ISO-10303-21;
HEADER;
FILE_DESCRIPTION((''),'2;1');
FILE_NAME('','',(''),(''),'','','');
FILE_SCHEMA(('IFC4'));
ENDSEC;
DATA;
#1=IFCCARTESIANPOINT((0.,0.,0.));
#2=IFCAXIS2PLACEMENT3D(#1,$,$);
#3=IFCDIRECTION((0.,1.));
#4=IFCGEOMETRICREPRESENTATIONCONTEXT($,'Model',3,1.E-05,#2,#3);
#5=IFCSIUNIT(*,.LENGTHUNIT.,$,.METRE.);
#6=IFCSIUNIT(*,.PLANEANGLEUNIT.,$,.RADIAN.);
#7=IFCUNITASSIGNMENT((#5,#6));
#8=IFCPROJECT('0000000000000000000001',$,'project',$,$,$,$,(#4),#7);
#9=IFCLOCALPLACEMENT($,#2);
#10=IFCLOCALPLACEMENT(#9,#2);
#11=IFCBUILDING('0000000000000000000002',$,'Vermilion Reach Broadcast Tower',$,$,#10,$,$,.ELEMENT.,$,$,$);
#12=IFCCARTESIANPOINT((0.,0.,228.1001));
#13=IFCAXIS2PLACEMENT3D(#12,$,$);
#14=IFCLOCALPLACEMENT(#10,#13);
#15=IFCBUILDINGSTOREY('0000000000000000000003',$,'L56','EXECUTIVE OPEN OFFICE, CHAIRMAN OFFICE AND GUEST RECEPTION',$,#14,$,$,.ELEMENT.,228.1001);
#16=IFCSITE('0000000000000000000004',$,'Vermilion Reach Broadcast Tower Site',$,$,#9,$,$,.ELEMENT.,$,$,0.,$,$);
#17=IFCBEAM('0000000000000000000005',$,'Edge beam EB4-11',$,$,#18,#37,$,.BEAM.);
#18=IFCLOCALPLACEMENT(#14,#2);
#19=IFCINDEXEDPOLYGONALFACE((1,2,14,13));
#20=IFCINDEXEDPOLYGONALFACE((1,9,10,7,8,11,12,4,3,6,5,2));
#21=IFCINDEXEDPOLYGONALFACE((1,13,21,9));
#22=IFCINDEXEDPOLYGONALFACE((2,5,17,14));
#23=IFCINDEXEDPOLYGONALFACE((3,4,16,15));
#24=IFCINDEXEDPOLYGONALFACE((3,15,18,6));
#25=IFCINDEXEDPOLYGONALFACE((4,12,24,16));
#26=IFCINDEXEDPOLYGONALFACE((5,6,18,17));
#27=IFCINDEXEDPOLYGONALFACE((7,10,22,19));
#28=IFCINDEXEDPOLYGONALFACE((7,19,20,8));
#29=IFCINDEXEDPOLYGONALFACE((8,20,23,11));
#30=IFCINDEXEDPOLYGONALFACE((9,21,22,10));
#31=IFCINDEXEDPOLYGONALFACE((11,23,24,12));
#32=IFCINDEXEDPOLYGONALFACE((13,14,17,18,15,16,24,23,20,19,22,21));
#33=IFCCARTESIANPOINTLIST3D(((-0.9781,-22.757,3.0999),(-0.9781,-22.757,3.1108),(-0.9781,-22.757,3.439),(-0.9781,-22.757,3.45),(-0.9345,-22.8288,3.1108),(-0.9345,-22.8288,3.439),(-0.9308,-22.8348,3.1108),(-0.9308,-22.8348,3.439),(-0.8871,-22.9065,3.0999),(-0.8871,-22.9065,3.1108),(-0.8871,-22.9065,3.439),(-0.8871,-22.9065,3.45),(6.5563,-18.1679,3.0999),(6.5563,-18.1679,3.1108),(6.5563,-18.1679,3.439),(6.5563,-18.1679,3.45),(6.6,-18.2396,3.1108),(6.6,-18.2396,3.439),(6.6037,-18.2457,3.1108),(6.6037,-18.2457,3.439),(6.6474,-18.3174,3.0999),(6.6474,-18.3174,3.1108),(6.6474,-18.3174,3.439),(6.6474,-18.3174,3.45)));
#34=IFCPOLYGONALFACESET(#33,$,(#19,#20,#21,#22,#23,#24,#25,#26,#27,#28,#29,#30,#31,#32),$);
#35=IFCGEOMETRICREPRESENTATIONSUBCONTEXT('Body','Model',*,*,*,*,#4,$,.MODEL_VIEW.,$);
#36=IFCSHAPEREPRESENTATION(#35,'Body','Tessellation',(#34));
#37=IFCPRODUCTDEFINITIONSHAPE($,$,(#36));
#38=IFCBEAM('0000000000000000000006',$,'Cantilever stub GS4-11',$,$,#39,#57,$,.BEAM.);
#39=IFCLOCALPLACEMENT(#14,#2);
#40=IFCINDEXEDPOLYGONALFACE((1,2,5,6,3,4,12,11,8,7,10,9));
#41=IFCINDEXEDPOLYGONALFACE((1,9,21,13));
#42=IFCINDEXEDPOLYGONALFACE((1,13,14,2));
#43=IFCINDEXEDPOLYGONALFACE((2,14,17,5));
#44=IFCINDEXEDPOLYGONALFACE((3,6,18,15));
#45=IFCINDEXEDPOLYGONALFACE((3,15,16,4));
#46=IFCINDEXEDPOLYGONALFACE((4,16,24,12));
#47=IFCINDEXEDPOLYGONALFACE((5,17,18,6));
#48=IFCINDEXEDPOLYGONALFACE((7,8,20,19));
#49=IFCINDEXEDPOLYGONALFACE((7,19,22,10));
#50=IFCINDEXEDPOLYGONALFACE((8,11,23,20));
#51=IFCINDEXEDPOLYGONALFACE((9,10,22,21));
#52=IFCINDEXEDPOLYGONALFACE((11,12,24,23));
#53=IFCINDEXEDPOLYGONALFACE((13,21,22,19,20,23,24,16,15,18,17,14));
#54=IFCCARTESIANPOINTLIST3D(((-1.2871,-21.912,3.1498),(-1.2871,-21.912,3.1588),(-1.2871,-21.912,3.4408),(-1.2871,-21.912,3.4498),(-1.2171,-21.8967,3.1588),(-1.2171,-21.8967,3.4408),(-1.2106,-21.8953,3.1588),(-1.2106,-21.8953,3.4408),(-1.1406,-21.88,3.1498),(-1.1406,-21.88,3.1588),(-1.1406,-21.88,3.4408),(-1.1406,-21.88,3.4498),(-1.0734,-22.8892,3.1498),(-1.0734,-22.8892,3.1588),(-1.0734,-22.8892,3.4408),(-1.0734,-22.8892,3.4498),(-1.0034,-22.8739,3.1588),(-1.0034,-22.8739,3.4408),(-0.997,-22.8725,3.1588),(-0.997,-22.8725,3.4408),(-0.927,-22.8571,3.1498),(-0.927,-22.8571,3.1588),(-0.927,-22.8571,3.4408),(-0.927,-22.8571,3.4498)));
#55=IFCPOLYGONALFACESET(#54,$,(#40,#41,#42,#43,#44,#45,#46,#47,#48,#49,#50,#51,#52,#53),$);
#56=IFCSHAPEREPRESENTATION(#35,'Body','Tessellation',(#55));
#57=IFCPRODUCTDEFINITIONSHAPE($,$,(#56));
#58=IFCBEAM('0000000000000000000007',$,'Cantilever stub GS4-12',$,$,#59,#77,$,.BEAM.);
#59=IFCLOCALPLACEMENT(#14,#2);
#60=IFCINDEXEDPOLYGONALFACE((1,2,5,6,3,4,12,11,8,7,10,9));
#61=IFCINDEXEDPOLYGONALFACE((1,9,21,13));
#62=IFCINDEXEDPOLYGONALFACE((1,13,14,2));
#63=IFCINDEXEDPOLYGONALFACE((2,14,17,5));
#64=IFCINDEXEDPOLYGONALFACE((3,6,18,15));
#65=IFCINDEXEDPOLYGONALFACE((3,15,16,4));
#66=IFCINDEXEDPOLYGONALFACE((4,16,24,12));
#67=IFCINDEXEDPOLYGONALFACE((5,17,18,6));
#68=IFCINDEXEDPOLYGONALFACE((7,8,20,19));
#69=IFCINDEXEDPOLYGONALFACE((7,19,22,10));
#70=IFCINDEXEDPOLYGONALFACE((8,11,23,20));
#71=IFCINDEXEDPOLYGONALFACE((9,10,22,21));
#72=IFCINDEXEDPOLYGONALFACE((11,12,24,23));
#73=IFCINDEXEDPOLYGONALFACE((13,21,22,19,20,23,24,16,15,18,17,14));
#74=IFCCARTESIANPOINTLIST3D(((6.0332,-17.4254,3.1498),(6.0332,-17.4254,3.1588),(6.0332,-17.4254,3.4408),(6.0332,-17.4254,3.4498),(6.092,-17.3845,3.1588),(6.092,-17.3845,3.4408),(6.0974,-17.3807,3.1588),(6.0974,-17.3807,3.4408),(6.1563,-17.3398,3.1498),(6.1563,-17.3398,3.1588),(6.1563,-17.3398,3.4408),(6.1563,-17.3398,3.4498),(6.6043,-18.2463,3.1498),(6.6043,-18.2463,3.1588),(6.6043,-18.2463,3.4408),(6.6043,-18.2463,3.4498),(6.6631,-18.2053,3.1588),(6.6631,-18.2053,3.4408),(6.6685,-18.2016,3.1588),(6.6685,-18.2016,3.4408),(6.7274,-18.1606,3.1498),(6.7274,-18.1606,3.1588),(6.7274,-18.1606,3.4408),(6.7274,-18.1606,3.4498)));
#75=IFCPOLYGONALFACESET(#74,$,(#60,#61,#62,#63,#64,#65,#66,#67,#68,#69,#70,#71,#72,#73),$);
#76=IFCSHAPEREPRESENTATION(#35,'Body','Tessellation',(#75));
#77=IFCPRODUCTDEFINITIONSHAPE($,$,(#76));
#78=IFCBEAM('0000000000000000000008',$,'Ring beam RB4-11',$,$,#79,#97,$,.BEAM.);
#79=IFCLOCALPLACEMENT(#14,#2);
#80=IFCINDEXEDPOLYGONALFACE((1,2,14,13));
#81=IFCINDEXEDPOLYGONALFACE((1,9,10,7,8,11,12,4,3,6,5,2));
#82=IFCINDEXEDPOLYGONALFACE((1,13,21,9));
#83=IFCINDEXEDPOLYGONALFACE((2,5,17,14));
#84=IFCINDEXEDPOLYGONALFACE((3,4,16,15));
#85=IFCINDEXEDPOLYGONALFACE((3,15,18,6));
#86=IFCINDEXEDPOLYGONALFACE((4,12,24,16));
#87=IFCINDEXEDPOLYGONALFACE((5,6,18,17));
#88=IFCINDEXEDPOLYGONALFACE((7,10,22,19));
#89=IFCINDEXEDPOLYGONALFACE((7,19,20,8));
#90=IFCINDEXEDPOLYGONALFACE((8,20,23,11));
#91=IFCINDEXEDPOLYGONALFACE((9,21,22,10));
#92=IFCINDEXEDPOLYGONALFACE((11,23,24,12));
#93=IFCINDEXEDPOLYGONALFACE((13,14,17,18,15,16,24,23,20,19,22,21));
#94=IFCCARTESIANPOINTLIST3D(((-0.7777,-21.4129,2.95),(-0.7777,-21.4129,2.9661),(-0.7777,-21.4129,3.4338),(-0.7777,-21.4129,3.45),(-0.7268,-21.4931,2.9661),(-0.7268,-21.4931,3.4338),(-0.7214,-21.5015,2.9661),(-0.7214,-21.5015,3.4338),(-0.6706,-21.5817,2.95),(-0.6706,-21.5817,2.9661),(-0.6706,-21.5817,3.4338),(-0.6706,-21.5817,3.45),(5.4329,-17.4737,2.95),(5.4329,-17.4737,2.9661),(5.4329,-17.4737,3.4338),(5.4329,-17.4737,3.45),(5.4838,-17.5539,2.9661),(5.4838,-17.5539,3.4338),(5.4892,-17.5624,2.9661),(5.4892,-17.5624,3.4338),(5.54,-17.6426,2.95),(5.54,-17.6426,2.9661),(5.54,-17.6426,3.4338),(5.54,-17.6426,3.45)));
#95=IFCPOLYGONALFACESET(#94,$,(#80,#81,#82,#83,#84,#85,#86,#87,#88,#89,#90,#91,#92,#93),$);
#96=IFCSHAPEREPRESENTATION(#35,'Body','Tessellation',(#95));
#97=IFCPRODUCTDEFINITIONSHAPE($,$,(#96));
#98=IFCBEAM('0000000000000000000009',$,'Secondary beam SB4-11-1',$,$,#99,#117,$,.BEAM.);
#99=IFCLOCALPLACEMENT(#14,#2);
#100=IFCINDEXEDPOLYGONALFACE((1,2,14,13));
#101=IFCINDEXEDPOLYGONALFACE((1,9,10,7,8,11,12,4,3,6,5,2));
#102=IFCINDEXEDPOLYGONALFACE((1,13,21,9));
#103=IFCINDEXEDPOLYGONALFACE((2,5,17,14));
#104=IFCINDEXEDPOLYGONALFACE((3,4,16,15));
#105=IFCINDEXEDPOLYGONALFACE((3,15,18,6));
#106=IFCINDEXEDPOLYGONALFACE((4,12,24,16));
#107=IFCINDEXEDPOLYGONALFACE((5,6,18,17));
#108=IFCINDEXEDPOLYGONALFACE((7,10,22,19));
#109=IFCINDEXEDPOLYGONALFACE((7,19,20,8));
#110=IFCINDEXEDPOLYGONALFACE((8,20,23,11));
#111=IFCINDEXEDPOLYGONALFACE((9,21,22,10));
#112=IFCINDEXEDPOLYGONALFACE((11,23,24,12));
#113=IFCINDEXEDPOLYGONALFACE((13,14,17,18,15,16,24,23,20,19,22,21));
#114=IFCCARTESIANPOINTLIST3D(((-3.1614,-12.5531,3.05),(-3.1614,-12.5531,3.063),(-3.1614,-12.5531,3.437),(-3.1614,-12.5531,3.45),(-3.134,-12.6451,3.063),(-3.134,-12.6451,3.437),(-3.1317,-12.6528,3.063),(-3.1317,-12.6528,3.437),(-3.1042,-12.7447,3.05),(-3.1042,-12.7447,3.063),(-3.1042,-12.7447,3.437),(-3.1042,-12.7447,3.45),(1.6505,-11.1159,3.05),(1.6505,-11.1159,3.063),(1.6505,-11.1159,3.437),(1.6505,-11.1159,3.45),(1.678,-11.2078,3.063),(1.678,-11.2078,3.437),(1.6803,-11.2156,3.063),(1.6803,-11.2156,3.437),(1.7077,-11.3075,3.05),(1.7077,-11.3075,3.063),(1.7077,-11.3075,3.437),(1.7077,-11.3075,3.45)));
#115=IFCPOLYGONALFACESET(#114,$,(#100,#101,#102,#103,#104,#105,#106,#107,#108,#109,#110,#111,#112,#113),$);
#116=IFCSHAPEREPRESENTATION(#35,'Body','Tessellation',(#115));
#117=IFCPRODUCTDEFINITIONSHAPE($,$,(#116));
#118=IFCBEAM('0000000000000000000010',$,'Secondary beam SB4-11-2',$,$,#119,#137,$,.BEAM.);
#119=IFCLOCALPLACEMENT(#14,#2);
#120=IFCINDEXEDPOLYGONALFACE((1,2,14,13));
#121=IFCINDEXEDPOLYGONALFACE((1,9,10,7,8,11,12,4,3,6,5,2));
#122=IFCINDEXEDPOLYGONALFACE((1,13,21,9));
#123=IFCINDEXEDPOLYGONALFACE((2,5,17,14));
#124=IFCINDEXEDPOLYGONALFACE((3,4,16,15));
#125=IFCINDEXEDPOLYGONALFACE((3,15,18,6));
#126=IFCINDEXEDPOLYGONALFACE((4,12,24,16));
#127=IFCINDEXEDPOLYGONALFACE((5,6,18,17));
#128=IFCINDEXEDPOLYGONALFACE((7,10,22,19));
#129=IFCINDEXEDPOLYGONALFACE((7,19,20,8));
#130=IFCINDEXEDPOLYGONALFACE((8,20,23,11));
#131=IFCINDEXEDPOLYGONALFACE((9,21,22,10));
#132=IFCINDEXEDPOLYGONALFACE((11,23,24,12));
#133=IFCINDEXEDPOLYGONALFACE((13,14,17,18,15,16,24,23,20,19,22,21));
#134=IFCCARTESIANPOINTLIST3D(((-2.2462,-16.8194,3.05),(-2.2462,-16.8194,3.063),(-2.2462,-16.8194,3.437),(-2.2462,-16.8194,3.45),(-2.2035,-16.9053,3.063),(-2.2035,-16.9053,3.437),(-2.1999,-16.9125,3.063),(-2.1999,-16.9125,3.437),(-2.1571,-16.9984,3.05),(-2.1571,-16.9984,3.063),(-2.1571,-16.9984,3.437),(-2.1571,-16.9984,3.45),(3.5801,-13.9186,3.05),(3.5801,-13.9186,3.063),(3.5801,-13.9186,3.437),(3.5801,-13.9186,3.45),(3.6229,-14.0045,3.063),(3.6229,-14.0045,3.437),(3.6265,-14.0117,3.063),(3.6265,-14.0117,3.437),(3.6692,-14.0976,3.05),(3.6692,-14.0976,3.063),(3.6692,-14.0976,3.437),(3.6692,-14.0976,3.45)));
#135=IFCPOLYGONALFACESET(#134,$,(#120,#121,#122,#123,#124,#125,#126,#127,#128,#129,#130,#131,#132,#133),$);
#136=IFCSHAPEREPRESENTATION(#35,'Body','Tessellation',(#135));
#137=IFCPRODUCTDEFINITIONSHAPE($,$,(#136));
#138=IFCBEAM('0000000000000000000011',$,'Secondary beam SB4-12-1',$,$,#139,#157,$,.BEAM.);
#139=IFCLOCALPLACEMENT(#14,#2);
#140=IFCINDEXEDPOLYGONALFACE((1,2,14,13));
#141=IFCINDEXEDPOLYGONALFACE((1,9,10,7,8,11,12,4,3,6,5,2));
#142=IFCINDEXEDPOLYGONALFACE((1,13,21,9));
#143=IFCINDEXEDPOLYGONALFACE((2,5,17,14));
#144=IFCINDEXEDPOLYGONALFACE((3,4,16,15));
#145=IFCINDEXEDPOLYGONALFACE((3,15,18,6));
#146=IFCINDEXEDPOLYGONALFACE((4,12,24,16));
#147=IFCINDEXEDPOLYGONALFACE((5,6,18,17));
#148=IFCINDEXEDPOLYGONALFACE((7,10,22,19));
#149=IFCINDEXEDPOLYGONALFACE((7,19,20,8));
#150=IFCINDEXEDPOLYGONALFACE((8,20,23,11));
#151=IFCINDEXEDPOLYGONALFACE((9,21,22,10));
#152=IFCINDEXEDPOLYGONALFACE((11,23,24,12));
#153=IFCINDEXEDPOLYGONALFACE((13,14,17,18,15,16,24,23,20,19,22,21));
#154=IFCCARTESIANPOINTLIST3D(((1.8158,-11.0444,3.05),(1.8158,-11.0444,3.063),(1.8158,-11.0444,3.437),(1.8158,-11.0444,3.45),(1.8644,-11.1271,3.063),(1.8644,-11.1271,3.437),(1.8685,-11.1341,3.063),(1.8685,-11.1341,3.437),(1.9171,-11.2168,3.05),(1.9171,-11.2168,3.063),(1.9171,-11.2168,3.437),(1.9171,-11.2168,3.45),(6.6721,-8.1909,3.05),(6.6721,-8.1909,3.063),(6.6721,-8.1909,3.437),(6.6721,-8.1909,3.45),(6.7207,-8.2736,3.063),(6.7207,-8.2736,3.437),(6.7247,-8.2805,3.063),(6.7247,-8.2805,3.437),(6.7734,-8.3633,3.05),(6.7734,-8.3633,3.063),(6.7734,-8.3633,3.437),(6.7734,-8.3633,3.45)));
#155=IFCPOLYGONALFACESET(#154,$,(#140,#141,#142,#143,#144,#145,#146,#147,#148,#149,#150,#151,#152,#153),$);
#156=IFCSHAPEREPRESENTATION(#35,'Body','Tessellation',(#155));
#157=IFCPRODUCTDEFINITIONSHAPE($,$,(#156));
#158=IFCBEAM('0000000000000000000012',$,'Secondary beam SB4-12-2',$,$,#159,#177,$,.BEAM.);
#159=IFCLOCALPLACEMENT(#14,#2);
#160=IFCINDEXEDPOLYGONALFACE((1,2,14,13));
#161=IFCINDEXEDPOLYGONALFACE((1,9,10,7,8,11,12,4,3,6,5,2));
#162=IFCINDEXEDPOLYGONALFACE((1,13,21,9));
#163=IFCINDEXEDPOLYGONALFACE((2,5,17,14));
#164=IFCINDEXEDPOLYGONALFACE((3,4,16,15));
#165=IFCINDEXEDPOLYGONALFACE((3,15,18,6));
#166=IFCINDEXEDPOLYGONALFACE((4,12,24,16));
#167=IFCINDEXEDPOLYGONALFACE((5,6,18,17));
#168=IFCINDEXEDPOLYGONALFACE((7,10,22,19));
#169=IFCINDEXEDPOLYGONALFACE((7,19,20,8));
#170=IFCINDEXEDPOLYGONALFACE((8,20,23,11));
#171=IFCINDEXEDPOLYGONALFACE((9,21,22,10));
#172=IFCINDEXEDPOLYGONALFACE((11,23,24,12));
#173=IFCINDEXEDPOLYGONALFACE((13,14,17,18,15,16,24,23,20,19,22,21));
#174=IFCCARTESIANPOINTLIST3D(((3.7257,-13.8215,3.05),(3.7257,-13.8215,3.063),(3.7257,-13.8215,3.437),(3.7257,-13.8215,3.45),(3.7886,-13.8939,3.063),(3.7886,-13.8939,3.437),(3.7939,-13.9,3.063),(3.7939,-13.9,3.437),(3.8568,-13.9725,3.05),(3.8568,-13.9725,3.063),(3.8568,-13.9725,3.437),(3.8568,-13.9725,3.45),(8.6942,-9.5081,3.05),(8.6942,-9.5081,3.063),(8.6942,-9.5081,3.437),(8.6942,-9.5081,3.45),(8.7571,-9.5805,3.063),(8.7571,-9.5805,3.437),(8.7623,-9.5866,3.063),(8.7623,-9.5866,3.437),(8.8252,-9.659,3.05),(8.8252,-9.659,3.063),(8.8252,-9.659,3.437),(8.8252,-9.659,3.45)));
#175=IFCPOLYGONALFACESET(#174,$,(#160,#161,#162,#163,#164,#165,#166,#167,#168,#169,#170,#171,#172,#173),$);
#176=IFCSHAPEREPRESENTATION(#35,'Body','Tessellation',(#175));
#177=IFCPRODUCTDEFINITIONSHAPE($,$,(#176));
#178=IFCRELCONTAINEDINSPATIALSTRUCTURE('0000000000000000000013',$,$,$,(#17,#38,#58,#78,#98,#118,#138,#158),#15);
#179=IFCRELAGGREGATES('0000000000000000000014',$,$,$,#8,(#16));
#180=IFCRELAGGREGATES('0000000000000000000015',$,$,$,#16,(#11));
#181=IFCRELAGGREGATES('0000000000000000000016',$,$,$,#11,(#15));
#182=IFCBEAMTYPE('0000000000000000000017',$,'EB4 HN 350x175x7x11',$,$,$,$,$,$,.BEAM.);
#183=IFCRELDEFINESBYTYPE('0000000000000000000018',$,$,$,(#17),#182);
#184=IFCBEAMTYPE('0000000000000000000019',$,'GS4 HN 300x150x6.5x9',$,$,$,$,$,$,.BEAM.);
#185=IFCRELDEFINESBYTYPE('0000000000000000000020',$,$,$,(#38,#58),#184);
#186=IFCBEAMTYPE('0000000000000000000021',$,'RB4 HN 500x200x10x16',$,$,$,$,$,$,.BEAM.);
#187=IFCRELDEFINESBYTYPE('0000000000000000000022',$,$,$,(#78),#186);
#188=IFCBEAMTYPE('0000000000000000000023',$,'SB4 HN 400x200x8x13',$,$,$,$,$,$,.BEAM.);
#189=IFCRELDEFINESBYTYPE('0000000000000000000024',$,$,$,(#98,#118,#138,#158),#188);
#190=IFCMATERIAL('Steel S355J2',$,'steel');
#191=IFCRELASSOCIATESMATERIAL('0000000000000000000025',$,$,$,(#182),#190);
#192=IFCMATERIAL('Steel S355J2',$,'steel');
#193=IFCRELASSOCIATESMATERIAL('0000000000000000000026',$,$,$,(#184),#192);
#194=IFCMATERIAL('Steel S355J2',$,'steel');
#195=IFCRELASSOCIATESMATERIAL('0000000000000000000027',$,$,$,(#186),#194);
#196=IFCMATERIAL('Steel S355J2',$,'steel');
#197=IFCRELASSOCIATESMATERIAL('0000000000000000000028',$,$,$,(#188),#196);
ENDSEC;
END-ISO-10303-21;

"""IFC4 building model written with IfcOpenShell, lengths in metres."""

from ifc_helpers import new_model, si_unit, direction, frame, origin, origin_2d, place, context, subcontext, project, spatial, i_section, extrude, material, material_profile, profile_set, type_object, element, save


model = new_model("IFC4")

# Units and contexts
model_context = context("Model", 3, precision=1e-05, world=origin(), true_north=direction((0.0, 1.0)))
body_context = subcontext(model_context, "Body", "Model", "MODEL_VIEW")
ifc_project = project(units=[si_unit("LENGTHUNIT", "METRE"), si_unit("PLANEANGLEUNIT", "RADIAN")], contexts=[model_context])

# Site, building, storey
site_placement = place(None, origin())
site = spatial("IfcSite", under=ifc_project, at=site_placement, Name="Vermilion Reach Broadcast Tower Site", CompositionType="ELEMENT", RefElevation=0.0)
building_placement = place(site_placement, origin())
building = spatial("IfcBuilding", under=site, at=building_placement, Name="Vermilion Reach Broadcast Tower", CompositionType="ELEMENT")
storey_placement = place(building_placement, frame((0.0, 0.0, 228.1001)))
storey = spatial("IfcBuildingStorey", under=building, at=storey_placement, Name="L56", Description="EXECUTIVE OPEN OFFICE, CHAIRMAN OFFICE AND GUEST RECEPTION", CompositionType="ELEMENT", Elevation=228.1001)

# Beams
ifc_material_1 = material(Name="Steel S355J2", Category="steel")
ifc_material_profile_1 = material_profile(ifc_material_1, i_section(OverallWidth=0.175, OverallDepth=0.3501, WebThickness=0.0071, FlangeThickness=0.011, at=origin_2d()), Name="S355J2 HN 350x175x7x11")
ifc_profile_set_1 = profile_set([ifc_material_profile_1], Name="Steel S355J2")
beam_type_1 = type_object("IfcBeamType", Name="EB4 HN 350x175x7x11", PredefinedType="BEAM", material=ifc_profile_set_1)
beam_1_placement = place(storey_placement, frame((-0.9326, -22.8318, 3.2749), z_axis=(0.85405, 0.52019, 0.0), x_axis=(-0.52019, 0.85405, 0.0)))
element("IfcBeam", 1, at=beam_1_placement, inside=storey, type_object=beam_type_1, Name="Edge beam EB4-11", PredefinedType="BEAM", context=body_context, shape_type="SweptSolid", body=[
    extrude(i_section(OverallWidth=0.175, OverallDepth=0.3501, WebThickness=0.0071, FlangeThickness=0.011, at=origin_2d()), origin(), (0.0, 0.0, 1.0), 8.822),
])
ifc_material_2 = material(Name="Steel S355J2", Category="steel")
ifc_material_profile_2 = material_profile(ifc_material_2, i_section(OverallWidth=0.1499, OverallDepth=0.3, WebThickness=0.0066, FlangeThickness=0.009, at=origin_2d()), Name="S355J2 HN 300x150x6.5x9")
ifc_profile_set_2 = profile_set([ifc_material_profile_2], Name="Steel S355J2")
beam_type_2 = type_object("IfcBeamType", Name="GS4 HN 300x150x6.5x9", PredefinedType="BEAM", material=ifc_profile_set_2)
beam_2_placement = place(storey_placement, frame((-1.2139, -21.896, 3.2998), z_axis=(0.213595, -0.976922, 0.0), x_axis=(0.976922, 0.213595, 0.0)))
element("IfcBeam", 2, at=beam_2_placement, inside=storey, type_object=beam_type_2, Name="Cantilever stub GS4-11", PredefinedType="BEAM", context=body_context, shape_type="SweptSolid", body=[
    extrude(i_section(OverallWidth=0.1499, OverallDepth=0.3, WebThickness=0.0066, FlangeThickness=0.009, at=origin_2d()), origin(), (0.0, 0.0, 1.0), 1.0002),
])
beam_3_placement = place(storey_placement, frame((6.0947, -17.3826, 3.2998), z_axis=(0.5711, -0.82088, 0.0), x_axis=(0.82088, 0.5711, 0.0)))
element("IfcBeam", 3, at=beam_3_placement, inside=storey, type_object=beam_type_2, Name="Cantilever stub GS4-12", PredefinedType="BEAM", context=body_context, shape_type="SweptSolid", body=[
    extrude(i_section(OverallWidth=0.1499, OverallDepth=0.3, WebThickness=0.0066, FlangeThickness=0.009, at=origin_2d()), origin(), (0.0, 0.0, 1.0), 1.0),
])
ifc_material_3 = material(Name="Steel S355J2", Category="steel")
ifc_material_profile_3 = material_profile(ifc_material_3, i_section(OverallWidth=0.2, OverallDepth=0.5, WebThickness=0.01, FlangeThickness=0.0161, at=origin_2d()), Name="S355J2 HN 500x200x10x16")
ifc_profile_set_3 = profile_set([ifc_material_profile_3], Name="Steel S355J2")
beam_type_3 = type_object("IfcBeamType", Name="RB4 HN 500x200x10x16", PredefinedType="BEAM", material=ifc_profile_set_3)
beam_4_placement = place(storey_placement, frame((-0.7241, -21.4973, 3.2), z_axis=(0.844464, 0.535612, 0.0), x_axis=(-0.535612, 0.844464, 0.0)))
element("IfcBeam", 4, at=beam_4_placement, inside=storey, type_object=beam_type_3, Name="Ring beam RB4-11", PredefinedType="BEAM", context=body_context, shape_type="SweptSolid", body=[
    extrude(i_section(OverallWidth=0.2, OverallDepth=0.5, WebThickness=0.01, FlangeThickness=0.0161, at=origin_2d()), origin(), (0.0, 0.0, 1.0), 7.3545),
])
ifc_material_4 = material(Name="Steel S355J2", Category="steel")
ifc_material_profile_4 = material_profile(ifc_material_4, i_section(OverallWidth=0.2, OverallDepth=0.3999, WebThickness=0.0081, FlangeThickness=0.0129, at=origin_2d()), Name="S355J2 HN 400x200x8x13")
ifc_profile_set_4 = profile_set([ifc_material_profile_4], Name="Steel S355J2")
beam_type_4 = type_object("IfcBeamType", Name="SB4 HN 400x200x8x13", PredefinedType="BEAM", material=ifc_profile_set_4)
beam_5_placement = place(storey_placement, frame((-3.1328, -12.6489, 3.25), z_axis=(0.958173, 0.286188, 0.0), x_axis=(-0.286188, 0.958173, 0.0)))
element("IfcBeam", 5, at=beam_5_placement, inside=storey, type_object=beam_type_4, Name="Secondary beam SB4-11-1", PredefinedType="BEAM", context=body_context, shape_type="SweptSolid", body=[
    extrude(i_section(OverallWidth=0.2, OverallDepth=0.3999, WebThickness=0.0081, FlangeThickness=0.0129, at=origin_2d()), origin(), (0.0, 0.0, 1.0), 5.022),
])
beam_6_placement = place(storey_placement, frame((-2.2017, -16.9089, 3.25), z_axis=(0.895184, 0.445698, 0.0), x_axis=(-0.445698, 0.895184, 0.0)))
element("IfcBeam", 6, at=beam_6_placement, inside=storey, type_object=beam_type_4, Name="Secondary beam SB4-11-2", PredefinedType="BEAM", context=body_context, shape_type="SweptSolid", body=[
    extrude(i_section(OverallWidth=0.2, OverallDepth=0.3999, WebThickness=0.0081, FlangeThickness=0.0129, at=origin_2d()), origin(), (0.0, 0.0, 1.0), 6.5085),
])
beam_7_placement = place(storey_placement, frame((1.8665, -11.1306, 3.25), z_axis=(0.862173, 0.506615, 0.0), x_axis=(-0.506615, 0.862173, 0.0)))
element("IfcBeam", 7, at=beam_7_placement, inside=storey, type_object=beam_type_4, Name="Secondary beam SB4-12-1", PredefinedType="BEAM", context=body_context, shape_type="SweptSolid", body=[
    extrude(i_section(OverallWidth=0.2, OverallDepth=0.3999, WebThickness=0.0081, FlangeThickness=0.0129, at=origin_2d()), origin(), (0.0, 0.0, 1.0), 5.6326),
])
beam_8_placement = place(storey_placement, frame((3.7913, -13.897, 3.25), z_axis=(0.755129, 0.655576, 0.0), x_axis=(-0.655576, 0.755129, 0.0)))
element("IfcBeam", 8, at=beam_8_placement, inside=storey, type_object=beam_type_4, Name="Secondary beam SB4-12-2", PredefinedType="BEAM", context=body_context, shape_type="SweptSolid", body=[
    extrude(i_section(OverallWidth=0.2, OverallDepth=0.3999, WebThickness=0.0081, FlangeThickness=0.0129, at=origin_2d()), origin(), (0.0, 0.0, 1.0), 6.5796),
])

save(model, "model.ifc")
